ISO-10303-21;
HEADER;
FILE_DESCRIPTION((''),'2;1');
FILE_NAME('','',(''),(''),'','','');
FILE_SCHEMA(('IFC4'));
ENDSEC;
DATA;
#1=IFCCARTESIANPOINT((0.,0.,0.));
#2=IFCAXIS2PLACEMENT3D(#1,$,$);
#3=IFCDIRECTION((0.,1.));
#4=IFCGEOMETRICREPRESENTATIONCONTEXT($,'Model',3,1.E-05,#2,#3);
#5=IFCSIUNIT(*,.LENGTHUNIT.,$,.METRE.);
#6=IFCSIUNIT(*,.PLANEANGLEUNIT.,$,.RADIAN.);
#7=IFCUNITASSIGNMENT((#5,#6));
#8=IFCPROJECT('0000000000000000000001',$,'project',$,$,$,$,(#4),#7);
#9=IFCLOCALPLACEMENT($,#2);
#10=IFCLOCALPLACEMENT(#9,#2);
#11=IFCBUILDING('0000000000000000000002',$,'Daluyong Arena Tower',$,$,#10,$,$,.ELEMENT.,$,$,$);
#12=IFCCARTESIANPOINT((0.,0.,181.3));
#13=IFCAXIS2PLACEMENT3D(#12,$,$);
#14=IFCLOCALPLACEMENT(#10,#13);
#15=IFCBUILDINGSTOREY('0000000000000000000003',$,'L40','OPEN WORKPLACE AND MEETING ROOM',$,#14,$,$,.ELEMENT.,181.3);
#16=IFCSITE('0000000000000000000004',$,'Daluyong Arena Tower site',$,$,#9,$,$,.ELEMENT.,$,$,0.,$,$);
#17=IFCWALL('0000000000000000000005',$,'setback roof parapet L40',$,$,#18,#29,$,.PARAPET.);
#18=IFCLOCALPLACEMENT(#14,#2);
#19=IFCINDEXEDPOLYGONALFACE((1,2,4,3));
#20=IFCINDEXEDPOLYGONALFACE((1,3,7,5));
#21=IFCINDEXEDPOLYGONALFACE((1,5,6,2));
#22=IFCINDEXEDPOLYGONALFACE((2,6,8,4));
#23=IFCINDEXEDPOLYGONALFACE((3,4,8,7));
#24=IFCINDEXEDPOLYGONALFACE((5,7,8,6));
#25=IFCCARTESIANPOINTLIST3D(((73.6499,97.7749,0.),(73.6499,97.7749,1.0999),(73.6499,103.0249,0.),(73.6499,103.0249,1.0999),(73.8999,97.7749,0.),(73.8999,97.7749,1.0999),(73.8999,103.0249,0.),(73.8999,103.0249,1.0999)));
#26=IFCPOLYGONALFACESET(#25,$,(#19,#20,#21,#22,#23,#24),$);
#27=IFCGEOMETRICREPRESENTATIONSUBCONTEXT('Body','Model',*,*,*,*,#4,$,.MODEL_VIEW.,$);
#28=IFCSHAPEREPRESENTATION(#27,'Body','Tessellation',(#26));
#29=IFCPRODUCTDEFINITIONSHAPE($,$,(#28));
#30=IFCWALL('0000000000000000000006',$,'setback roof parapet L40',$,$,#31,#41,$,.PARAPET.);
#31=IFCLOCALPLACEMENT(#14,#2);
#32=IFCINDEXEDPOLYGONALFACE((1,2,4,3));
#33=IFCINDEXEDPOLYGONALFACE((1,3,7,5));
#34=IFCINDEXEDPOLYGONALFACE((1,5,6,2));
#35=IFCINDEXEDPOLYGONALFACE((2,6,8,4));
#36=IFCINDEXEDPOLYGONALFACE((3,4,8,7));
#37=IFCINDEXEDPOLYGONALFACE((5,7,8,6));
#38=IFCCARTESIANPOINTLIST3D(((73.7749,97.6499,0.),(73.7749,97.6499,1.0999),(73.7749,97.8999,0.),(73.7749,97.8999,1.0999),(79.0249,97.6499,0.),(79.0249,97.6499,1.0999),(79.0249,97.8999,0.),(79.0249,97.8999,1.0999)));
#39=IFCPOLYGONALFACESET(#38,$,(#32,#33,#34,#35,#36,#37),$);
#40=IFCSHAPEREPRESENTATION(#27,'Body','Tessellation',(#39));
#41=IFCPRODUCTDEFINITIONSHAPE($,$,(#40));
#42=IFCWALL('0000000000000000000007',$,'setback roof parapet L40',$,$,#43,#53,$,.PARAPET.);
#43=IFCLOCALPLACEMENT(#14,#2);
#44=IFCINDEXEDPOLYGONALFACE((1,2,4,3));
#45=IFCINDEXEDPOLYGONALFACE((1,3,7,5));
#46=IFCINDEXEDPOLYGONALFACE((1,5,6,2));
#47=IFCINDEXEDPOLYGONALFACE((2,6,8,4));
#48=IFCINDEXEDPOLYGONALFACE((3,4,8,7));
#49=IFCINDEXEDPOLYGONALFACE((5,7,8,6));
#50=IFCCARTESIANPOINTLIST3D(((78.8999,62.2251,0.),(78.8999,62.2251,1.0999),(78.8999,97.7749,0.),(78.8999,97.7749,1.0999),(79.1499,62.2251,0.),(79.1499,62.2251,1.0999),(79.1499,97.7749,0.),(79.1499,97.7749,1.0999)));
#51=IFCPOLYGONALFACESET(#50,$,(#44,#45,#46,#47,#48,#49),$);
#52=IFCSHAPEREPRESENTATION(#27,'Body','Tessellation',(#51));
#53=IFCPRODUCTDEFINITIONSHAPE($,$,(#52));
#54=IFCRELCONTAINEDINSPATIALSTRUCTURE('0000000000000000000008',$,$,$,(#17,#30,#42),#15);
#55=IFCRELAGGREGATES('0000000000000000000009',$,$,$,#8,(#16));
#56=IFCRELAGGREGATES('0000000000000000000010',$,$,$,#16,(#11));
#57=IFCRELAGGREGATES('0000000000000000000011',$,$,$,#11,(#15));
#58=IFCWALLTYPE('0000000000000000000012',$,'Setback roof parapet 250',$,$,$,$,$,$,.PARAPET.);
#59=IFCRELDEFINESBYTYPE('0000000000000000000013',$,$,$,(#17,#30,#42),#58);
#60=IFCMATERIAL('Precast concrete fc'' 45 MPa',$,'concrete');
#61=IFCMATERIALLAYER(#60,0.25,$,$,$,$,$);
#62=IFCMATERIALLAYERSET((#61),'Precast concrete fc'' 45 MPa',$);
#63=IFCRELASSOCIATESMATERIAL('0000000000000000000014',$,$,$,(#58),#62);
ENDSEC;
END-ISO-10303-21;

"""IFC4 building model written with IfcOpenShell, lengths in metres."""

from ifc_helpers import new_model, si_unit, direction, frame, frame_2d, origin, place, context, subcontext, project, spatial, rectangle, extrude, material, layer, layer_set, type_object, element, save


model = new_model("IFC4")

# Units and contexts
model_context = context("Model", 3, precision=1e-05, world=origin(), true_north=direction((0.0, 1.0)))
body_context = subcontext(model_context, "Body", "Model", "MODEL_VIEW")
ifc_project = project(units=[si_unit("LENGTHUNIT", "METRE"), si_unit("PLANEANGLEUNIT", "RADIAN")], contexts=[model_context])

# Site, building, storey
site_placement = place(None, origin())
site = spatial("IfcSite", under=ifc_project, at=site_placement, Name="Daluyong Arena Tower site", CompositionType="ELEMENT", RefElevation=0.0)
building_placement = place(site_placement, origin())
building = spatial("IfcBuilding", under=site, at=building_placement, Name="Daluyong Arena Tower", CompositionType="ELEMENT")
storey_placement = place(building_placement, frame((0.0, 0.0, 181.3)))
storey = spatial("IfcBuildingStorey", under=building, at=storey_placement, Name="L40", Description="OPEN WORKPLACE AND MEETING ROOM", CompositionType="ELEMENT", Elevation=181.3)

# Walls
ifc_material_1 = material(Name="Precast concrete fc' 45 MPa", Category="concrete")
ifc_layer_1 = layer(ifc_material_1, 0.25)
ifc_layer_set_1 = layer_set([ifc_layer_1], Name="Precast concrete fc' 45 MPa")
wall_type_1 = type_object("IfcWallType", Name="Setback roof parapet 250", PredefinedType="PARAPET", material=ifc_layer_set_1)
for number, where, z_axis, x_axis, name in (
    (1, (73.7749, 103.0249, 0.0), (0.0, 0.0, 1.0), (0.0, -1.0, 0.0), "setback roof parapet L40"),
    (2, (73.7749, 97.7749, 0.0), (0.0, 0.0, 1.0), (1.0, 0.0, 0.0), "setback roof parapet L40"),
):
    element("IfcWall", number, at=place(storey_placement, frame(where, z_axis=z_axis, x_axis=x_axis)), inside=storey, type_object=wall_type_1, Name=name, PredefinedType="PARAPET", context=body_context, shape_type="SweptSolid", body=[
        extrude(rectangle(XDim=5.25, YDim=0.25, at=frame_2d((2.625, 0.0))), origin(), (0.0, 0.0, 1.0), 1.0999),
    ])
wall_1_placement = place(storey_placement, frame((79.0249, 97.7749, 0.0), z_axis=(0.0, 0.0, 1.0), x_axis=(0.0, -1.0, 0.0)))
element("IfcWall", 3, at=wall_1_placement, inside=storey, type_object=wall_type_1, Name="setback roof parapet L40", PredefinedType="PARAPET", context=body_context, shape_type="SweptSolid", body=[
    extrude(rectangle(XDim=35.5498, YDim=0.25, at=frame_2d((17.7749, 0.0))), origin(), (0.0, 0.0, 1.0), 1.0999),
])

save(model, "model.ifc")
